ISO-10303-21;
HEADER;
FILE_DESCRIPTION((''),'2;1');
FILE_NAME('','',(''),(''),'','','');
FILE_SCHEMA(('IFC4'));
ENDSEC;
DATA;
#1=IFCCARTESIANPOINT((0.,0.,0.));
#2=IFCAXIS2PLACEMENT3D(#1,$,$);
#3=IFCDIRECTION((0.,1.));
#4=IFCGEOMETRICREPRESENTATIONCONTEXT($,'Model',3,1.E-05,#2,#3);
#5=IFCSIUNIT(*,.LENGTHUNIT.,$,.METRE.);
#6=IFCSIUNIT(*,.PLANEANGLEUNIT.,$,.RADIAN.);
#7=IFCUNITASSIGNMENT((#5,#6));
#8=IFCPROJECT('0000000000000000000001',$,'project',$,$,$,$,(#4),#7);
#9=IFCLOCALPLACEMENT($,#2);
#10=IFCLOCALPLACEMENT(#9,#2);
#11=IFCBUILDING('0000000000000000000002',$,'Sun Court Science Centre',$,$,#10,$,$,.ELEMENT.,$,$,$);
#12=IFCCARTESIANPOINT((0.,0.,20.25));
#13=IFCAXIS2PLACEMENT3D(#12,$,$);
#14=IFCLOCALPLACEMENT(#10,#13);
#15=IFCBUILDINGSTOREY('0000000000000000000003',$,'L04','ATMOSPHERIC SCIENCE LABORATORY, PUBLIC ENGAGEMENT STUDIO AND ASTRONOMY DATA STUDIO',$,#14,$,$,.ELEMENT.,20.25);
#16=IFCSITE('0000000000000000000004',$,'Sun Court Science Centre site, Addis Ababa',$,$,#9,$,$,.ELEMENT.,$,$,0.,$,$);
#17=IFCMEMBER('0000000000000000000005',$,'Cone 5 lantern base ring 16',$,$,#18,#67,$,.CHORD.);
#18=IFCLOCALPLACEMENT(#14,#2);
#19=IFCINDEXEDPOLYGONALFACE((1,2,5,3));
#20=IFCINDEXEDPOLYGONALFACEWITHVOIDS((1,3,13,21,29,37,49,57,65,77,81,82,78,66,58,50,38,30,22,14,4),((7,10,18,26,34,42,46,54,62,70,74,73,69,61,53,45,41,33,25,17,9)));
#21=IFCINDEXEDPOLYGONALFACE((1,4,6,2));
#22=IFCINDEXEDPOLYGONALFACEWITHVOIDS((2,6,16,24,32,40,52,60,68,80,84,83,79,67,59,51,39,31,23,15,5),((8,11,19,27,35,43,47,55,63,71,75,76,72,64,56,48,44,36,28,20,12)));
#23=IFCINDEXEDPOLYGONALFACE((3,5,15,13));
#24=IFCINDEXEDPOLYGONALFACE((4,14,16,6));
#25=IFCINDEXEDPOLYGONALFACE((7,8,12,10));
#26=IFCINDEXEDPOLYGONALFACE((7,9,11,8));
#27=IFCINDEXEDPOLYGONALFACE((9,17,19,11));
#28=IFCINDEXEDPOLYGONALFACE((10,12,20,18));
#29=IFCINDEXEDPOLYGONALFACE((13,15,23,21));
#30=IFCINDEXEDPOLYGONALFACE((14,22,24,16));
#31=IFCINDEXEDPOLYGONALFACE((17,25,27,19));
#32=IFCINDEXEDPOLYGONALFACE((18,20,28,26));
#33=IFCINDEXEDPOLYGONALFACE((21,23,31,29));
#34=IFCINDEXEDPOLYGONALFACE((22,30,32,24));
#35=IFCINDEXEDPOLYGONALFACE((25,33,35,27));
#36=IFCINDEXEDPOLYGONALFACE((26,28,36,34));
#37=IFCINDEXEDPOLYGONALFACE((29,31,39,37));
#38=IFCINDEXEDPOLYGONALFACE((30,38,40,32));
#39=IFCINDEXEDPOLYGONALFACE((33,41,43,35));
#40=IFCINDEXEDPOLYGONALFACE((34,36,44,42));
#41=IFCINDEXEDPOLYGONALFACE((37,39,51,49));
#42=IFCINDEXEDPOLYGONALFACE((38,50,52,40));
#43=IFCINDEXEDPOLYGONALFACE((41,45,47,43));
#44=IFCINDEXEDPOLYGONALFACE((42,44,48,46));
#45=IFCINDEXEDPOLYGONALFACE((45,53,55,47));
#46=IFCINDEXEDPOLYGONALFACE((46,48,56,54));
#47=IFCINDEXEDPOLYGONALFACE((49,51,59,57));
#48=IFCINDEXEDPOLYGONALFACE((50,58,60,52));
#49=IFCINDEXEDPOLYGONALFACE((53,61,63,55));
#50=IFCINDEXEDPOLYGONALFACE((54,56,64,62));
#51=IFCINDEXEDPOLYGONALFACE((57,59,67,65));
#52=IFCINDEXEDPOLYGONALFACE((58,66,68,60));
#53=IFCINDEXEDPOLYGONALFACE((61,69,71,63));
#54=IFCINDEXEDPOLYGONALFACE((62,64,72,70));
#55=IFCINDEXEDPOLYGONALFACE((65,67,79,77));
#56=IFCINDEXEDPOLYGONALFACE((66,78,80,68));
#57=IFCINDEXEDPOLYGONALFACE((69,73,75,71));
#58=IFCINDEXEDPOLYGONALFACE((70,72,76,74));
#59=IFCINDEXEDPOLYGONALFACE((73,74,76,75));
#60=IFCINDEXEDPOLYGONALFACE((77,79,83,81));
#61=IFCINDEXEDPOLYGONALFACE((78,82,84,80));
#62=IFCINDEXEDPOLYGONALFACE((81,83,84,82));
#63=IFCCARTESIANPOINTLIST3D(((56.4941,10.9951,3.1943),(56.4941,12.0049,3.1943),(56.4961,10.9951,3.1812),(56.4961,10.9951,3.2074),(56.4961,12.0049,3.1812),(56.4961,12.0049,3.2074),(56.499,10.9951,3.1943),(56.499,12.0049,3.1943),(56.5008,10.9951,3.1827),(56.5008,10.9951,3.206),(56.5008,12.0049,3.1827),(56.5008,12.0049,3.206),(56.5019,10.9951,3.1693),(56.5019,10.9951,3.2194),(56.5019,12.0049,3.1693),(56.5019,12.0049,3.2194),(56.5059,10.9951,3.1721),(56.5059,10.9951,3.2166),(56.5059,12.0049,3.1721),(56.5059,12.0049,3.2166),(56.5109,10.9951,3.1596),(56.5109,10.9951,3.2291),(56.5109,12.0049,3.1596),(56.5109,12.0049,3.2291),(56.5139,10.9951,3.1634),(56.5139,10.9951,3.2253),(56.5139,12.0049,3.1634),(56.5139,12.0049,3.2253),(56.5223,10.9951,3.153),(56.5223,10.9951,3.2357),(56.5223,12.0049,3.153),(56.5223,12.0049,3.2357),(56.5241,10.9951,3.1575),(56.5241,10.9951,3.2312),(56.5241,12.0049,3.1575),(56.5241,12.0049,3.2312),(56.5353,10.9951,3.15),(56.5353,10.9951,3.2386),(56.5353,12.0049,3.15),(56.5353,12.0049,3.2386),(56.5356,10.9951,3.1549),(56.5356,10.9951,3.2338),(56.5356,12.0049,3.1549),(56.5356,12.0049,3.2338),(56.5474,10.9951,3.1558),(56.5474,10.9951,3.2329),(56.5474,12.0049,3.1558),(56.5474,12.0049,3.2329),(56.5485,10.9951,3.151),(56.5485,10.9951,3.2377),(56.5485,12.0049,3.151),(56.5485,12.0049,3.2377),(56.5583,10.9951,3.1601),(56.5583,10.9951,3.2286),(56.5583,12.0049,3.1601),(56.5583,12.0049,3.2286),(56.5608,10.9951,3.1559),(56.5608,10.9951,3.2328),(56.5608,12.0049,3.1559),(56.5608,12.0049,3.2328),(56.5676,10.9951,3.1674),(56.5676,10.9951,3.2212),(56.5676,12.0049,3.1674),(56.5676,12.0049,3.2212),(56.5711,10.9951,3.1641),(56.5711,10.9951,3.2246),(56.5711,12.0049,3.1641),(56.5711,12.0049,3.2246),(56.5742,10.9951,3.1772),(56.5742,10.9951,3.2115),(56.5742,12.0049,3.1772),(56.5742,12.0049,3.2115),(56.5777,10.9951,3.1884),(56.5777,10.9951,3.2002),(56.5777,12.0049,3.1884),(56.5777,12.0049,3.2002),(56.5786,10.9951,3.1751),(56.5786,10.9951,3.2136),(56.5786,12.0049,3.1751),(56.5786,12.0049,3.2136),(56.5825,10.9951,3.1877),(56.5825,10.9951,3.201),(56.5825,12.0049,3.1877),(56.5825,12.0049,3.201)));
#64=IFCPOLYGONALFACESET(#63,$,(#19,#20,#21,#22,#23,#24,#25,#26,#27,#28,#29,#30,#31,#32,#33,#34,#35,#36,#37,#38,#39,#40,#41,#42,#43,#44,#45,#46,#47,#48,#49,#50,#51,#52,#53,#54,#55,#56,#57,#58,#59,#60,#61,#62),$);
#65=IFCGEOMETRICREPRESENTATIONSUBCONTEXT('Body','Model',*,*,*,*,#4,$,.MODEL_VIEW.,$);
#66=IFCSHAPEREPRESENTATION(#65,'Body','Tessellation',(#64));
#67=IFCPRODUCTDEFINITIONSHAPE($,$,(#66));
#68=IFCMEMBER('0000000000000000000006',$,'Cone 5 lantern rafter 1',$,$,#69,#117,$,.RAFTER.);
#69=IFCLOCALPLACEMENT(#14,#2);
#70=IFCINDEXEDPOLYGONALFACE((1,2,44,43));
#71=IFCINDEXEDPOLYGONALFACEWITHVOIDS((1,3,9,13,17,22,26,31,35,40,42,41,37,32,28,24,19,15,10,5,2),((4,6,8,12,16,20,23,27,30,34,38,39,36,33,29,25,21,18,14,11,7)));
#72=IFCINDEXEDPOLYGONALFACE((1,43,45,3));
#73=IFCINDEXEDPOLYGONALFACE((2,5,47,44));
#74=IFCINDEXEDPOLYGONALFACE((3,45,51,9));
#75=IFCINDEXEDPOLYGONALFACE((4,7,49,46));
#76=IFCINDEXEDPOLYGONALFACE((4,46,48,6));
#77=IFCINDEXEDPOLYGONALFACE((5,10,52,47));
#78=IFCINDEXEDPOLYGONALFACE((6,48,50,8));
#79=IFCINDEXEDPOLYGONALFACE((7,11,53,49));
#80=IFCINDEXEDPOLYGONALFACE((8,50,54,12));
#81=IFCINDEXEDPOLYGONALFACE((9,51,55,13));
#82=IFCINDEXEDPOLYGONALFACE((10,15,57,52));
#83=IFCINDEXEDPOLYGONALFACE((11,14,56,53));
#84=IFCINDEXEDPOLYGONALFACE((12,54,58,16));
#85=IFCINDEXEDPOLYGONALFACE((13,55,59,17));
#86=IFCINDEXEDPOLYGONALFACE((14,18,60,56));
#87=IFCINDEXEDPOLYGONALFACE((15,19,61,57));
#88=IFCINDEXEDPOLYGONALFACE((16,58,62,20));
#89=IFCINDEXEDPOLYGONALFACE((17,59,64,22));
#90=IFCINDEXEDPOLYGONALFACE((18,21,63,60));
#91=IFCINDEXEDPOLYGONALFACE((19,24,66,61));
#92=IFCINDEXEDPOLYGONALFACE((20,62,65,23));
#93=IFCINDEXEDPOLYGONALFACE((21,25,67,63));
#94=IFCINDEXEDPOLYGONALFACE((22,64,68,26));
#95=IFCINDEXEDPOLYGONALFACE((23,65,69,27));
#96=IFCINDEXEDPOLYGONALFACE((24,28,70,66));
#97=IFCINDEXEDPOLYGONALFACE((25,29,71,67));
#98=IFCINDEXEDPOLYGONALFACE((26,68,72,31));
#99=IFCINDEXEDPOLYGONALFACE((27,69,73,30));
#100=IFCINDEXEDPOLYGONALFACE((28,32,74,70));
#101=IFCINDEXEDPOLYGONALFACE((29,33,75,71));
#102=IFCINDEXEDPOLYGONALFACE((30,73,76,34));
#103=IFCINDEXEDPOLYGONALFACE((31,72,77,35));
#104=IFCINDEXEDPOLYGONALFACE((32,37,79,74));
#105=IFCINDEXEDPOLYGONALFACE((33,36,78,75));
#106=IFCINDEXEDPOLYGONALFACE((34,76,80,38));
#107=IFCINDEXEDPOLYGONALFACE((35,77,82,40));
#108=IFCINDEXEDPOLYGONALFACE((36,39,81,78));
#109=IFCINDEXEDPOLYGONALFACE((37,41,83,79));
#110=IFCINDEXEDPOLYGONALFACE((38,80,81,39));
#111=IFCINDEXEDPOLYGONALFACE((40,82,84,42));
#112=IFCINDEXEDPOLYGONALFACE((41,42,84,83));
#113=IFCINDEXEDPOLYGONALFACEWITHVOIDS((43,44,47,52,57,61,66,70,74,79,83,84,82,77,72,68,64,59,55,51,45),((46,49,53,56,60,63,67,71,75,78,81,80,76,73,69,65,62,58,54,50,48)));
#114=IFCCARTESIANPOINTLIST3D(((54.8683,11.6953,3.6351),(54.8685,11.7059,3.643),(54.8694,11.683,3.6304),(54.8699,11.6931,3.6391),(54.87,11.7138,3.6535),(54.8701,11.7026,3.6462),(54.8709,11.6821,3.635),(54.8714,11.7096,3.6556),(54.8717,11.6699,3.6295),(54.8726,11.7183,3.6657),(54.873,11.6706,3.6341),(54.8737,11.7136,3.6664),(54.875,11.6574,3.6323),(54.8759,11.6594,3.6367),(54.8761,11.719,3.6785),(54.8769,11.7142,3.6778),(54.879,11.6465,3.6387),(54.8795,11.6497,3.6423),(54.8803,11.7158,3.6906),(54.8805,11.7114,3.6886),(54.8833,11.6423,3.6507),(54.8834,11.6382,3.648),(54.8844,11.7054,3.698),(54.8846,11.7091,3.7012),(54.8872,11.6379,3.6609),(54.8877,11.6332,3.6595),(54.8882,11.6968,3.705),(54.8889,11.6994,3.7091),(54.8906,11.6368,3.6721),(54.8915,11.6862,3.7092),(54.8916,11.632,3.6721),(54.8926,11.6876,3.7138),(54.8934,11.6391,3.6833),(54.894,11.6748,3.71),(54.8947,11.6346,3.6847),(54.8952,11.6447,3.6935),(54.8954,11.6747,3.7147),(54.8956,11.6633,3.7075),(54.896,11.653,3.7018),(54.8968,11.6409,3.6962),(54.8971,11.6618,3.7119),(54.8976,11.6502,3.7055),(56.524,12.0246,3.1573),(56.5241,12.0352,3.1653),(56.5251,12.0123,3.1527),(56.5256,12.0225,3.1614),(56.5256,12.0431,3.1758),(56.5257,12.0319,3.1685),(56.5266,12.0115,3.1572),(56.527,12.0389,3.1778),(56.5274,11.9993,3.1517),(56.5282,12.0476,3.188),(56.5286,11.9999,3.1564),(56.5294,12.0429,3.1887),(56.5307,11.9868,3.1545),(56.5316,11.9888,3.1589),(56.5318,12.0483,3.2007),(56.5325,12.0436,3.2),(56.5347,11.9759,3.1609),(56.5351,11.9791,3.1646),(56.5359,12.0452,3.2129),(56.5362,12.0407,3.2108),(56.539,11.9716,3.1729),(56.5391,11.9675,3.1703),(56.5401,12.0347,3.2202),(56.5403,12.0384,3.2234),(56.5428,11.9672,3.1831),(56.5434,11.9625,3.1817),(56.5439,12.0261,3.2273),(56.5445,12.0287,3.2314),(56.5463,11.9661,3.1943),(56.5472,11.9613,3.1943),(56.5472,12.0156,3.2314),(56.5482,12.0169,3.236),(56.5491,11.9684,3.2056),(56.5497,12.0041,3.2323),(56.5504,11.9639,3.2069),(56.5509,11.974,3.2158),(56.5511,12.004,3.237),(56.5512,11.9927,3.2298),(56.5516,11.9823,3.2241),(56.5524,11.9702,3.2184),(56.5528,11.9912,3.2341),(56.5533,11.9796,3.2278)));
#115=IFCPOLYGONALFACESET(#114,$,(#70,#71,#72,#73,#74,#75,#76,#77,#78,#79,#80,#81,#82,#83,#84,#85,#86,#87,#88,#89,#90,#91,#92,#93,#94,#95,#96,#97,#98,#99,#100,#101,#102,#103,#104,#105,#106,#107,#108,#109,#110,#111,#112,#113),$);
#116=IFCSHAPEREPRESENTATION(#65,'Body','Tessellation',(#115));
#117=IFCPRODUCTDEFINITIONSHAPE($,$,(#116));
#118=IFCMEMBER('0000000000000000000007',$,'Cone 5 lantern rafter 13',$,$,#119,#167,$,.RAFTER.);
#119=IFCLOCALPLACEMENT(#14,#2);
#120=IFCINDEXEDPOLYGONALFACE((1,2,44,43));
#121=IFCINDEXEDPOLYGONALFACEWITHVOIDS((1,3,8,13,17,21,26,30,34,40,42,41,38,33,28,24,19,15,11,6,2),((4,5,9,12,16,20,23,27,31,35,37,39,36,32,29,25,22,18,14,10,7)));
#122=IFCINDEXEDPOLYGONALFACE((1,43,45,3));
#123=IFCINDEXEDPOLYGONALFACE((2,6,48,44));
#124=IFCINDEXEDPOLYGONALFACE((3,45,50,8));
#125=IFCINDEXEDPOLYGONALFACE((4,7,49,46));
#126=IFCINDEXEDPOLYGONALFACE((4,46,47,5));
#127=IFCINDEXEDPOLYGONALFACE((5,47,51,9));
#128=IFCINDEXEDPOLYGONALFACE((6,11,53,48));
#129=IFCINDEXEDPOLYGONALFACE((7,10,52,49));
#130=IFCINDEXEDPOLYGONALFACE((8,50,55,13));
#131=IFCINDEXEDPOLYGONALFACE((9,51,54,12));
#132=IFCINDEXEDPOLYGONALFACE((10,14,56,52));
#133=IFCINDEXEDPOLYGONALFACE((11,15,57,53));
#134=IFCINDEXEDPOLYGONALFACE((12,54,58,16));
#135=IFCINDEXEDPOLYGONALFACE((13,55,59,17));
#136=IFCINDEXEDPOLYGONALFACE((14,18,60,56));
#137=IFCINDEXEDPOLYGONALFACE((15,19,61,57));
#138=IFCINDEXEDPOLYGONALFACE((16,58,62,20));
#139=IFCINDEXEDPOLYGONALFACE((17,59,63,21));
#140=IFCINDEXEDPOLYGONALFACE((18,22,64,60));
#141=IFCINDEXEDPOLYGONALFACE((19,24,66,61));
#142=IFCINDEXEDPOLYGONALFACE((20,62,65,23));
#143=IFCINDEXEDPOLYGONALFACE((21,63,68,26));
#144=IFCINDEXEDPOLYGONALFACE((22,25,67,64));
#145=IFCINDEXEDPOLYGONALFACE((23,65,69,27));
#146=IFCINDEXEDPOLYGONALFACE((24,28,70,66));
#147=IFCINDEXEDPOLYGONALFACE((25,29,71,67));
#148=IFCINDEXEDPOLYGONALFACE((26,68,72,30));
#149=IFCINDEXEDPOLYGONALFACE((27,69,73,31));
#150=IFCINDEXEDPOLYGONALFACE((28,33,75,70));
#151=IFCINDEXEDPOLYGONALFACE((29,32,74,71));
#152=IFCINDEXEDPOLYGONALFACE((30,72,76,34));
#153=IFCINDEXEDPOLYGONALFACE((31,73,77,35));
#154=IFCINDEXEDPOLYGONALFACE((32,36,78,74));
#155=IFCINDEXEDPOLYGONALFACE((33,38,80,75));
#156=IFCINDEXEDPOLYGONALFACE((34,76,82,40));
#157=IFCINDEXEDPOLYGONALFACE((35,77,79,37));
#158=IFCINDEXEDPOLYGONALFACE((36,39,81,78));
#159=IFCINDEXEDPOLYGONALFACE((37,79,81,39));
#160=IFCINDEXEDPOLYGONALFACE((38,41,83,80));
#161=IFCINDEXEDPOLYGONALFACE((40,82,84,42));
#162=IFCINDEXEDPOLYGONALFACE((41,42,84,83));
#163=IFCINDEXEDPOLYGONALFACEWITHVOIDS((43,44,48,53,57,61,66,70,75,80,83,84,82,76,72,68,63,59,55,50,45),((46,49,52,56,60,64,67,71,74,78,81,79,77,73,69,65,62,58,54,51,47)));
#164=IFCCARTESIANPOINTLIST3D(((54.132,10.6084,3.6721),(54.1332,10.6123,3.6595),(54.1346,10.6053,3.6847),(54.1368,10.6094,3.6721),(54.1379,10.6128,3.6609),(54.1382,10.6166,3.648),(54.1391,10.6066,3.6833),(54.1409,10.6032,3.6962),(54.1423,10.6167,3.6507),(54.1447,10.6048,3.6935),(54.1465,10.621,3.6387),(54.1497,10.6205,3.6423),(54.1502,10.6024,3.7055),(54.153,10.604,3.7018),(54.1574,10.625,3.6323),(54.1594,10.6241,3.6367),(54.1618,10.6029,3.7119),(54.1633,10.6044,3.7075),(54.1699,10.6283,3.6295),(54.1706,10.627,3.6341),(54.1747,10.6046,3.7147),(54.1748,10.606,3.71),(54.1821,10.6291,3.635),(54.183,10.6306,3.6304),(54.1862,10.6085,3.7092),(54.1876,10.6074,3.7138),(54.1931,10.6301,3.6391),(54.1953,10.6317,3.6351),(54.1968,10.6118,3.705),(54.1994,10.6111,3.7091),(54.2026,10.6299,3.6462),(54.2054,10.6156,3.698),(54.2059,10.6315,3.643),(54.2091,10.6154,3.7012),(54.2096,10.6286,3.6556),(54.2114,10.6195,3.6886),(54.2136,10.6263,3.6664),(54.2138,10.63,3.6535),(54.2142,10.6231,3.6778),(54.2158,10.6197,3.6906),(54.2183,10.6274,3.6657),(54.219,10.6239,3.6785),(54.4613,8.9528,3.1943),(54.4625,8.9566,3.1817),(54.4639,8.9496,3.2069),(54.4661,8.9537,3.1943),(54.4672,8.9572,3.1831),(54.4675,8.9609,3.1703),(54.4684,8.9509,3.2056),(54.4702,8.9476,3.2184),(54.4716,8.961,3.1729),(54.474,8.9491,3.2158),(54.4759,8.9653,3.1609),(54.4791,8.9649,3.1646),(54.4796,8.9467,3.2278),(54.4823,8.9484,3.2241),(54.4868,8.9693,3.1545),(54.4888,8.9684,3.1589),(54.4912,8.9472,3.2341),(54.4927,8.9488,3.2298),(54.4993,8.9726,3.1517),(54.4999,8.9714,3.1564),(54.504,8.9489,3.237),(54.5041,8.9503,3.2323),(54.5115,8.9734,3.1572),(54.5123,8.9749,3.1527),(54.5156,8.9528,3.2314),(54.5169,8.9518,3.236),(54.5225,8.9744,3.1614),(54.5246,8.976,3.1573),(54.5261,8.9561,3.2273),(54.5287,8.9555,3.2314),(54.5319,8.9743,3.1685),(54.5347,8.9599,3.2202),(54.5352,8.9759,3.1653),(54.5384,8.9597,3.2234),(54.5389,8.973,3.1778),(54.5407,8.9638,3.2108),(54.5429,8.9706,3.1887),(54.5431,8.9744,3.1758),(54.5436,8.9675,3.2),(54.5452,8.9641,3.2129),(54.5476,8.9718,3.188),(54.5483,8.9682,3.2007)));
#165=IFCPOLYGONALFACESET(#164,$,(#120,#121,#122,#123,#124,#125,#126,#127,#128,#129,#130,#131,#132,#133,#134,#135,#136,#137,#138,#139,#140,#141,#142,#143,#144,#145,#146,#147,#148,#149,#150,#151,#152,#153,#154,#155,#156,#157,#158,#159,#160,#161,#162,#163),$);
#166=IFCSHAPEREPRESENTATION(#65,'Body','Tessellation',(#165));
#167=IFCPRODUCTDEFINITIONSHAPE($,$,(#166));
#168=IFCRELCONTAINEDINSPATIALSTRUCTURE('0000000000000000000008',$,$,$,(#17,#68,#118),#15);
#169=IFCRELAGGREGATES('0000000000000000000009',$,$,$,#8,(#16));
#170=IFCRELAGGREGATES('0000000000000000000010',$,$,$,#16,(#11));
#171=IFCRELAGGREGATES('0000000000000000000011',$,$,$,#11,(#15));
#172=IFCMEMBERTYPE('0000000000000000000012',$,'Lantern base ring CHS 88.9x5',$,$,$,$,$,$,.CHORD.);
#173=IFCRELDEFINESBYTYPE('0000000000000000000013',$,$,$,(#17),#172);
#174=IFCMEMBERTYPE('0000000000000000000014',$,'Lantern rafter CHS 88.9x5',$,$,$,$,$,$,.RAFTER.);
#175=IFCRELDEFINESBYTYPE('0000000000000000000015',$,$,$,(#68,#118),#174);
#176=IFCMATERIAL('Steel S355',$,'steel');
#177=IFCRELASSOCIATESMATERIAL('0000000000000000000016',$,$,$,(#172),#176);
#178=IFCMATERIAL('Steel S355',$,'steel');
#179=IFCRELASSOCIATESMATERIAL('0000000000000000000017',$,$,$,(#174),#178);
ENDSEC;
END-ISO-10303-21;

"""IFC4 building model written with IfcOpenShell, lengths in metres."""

from ifc_helpers import new_model, si_unit, direction, frame, origin, origin_2d, place, context, subcontext, project, spatial, hollow_circle, extrude, material, material_profile, profile_set, type_object, element, save


model = new_model("IFC4")

# Units and contexts
model_context = context("Model", 3, precision=1e-05, world=origin(), true_north=direction((0.0, 1.0)))
body_context = subcontext(model_context, "Body", "Model", "MODEL_VIEW")
ifc_project = project(units=[si_unit("LENGTHUNIT", "METRE"), si_unit("PLANEANGLEUNIT", "RADIAN")], contexts=[model_context])

# Site, building, storey
site_placement = place(None, origin())
site = spatial("IfcSite", under=ifc_project, at=site_placement, Name="Sun Court Science Centre site, Addis Ababa", CompositionType="ELEMENT", RefElevation=0.0)
building_placement = place(site_placement, origin())
building = spatial("IfcBuilding", under=site, at=building_placement, Name="Sun Court Science Centre", CompositionType="ELEMENT")
storey_placement = place(building_placement, frame((0.0, 0.0, 20.25)))
storey = spatial("IfcBuildingStorey", under=building, at=storey_placement, Name="L04", Description="ATMOSPHERIC SCIENCE LABORATORY, PUBLIC ENGAGEMENT STUDIO AND ASTRONOMY DATA STUDIO", CompositionType="ELEMENT", Elevation=20.25)

# Members
ifc_material_1 = material(Name="Steel S355", Category="steel")
ifc_material_profile_1 = material_profile(ifc_material_1, hollow_circle(Radius=0.0444, WallThickness=0.0049, at=origin_2d()), Name="CHS 88.9x5")
ifc_profile_set_1 = profile_set([ifc_material_profile_1], Name="Steel S355")
member_type_1 = type_object("IfcMemberType", Name="Lantern base ring CHS 88.9x5", PredefinedType="CHORD", material=ifc_profile_set_1)
member_1_placement = place(storey_placement, frame((56.5386, 10.9951, 3.1943), z_axis=(0.0, 1.0, 0.0), x_axis=(-1.0, 0.0, 0.0)))
element("IfcMember", 1, at=member_1_placement, inside=storey, type_object=member_type_1, Name="Cone 5 lantern base ring 16", PredefinedType="CHORD", context=body_context, shape_type="SweptSolid", body=[
    extrude(hollow_circle(Radius=0.0444, WallThickness=0.0049, at=origin_2d()), origin(), (0.0, 0.0, 1.0), 1.0098),
])
ifc_material_2 = material(Name="Steel S355", Category="steel")
ifc_material_profile_2 = material_profile(ifc_material_2, hollow_circle(Radius=0.0444, WallThickness=0.0049, at=origin_2d()), Name="CHS 88.9x5")
ifc_profile_set_2 = profile_set([ifc_material_profile_2], Name="Steel S355")
member_type_2 = type_object("IfcMemberType", Name="Lantern rafter CHS 88.9x5", PredefinedType="RAFTER", material=ifc_profile_set_2)
for number, where, z_axis, x_axis, name in (
    (2, (56.5386, 12.0049, 3.1943), (-0.943719, -0.187714, 0.272318), (0.195087, -0.980786, 0.0), "Cone 5 lantern rafter 1"),
    (3, (54.5049, 8.9614, 3.1943), (-0.187714, 0.943719, 0.272318), (-0.980786, -0.195087, 0.0), "Cone 5 lantern rafter 13"),
):
    element("IfcMember", number, at=place(storey_placement, frame(where, z_axis=z_axis, x_axis=x_axis)), inside=storey, type_object=member_type_2, Name=name, PredefinedType="RAFTER", context=body_context, shape_type="SweptSolid", body=[
        extrude(hollow_circle(Radius=0.0444, WallThickness=0.0049, at=origin_2d()), origin(), (0.0, 0.0, 1.0), 1.7544),
    ])

save(model, "model.ifc")
